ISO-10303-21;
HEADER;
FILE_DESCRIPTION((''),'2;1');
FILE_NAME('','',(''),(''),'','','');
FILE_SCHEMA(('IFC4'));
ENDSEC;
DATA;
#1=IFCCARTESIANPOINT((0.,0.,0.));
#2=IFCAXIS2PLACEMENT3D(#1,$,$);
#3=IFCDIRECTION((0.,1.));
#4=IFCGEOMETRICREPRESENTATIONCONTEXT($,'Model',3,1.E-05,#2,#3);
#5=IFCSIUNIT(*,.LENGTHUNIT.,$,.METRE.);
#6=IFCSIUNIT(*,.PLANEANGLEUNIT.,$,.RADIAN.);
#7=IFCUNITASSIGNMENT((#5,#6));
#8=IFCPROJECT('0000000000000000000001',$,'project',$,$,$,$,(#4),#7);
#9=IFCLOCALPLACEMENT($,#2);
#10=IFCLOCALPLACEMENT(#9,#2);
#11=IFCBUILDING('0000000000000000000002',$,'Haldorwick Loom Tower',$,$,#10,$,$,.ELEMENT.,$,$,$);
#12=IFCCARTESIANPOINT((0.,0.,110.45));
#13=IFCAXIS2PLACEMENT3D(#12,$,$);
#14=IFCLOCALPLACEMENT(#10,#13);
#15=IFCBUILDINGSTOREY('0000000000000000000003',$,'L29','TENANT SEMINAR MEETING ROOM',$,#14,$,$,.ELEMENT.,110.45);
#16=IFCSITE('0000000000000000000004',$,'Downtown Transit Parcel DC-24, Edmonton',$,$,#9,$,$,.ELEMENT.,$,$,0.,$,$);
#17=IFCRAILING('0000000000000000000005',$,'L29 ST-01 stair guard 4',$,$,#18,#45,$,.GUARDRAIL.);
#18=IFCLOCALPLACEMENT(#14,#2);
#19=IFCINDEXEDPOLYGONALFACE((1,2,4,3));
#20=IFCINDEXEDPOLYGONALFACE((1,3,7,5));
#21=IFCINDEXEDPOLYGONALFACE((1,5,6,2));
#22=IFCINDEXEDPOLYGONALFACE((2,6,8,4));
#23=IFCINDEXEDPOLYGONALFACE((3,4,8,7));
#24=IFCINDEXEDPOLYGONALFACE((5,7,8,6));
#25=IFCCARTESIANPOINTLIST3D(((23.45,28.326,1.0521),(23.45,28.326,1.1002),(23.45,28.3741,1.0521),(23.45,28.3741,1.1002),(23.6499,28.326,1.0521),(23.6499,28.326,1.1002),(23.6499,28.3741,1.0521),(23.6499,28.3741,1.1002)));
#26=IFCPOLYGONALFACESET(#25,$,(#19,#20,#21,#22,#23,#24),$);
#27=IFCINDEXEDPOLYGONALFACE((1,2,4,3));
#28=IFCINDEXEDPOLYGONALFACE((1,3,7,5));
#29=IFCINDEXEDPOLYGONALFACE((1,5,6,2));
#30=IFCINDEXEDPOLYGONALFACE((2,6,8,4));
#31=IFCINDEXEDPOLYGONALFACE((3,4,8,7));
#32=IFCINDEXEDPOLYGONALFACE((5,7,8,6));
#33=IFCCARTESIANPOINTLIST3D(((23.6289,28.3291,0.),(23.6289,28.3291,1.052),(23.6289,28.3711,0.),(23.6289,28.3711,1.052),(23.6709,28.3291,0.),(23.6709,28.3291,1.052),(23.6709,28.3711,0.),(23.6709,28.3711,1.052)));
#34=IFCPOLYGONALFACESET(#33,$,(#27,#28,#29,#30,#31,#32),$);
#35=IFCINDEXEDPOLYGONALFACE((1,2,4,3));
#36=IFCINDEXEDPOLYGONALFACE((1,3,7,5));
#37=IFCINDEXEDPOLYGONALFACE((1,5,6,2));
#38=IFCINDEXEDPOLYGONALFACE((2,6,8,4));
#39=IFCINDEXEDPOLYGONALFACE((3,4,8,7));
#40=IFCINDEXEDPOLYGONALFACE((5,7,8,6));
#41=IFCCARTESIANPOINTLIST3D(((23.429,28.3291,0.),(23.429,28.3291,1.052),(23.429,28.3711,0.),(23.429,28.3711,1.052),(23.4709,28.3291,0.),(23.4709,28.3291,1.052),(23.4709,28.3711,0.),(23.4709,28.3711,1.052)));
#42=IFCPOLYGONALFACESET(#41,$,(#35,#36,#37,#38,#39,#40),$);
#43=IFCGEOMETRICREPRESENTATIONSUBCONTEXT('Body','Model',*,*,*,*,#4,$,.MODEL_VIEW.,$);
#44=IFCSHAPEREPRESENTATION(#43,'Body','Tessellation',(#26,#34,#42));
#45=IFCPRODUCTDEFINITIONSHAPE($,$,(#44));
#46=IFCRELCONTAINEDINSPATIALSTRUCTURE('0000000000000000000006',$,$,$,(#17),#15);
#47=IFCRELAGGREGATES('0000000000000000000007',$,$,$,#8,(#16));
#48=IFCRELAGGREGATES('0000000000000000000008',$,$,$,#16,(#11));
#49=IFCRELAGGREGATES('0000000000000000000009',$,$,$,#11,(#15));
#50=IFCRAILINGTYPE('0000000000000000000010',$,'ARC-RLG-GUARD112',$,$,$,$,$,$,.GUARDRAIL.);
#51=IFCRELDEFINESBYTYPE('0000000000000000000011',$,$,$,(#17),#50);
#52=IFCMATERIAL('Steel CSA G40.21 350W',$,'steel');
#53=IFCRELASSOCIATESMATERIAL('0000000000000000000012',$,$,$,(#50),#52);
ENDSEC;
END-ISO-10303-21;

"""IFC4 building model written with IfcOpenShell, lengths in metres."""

from ifc_helpers import new_model, si_unit, direction, frame, origin, origin_2d, place, context, subcontext, project, spatial, rectangle, extrude, material, type_object, element, save


model = new_model("IFC4")

# Units and contexts
model_context = context("Model", 3, precision=1e-05, world=origin(), true_north=direction((0.0, 1.0)))
body_context = subcontext(model_context, "Body", "Model", "MODEL_VIEW")
ifc_project = project(units=[si_unit("LENGTHUNIT", "METRE"), si_unit("PLANEANGLEUNIT", "RADIAN")], contexts=[model_context])

# Site, building, storey
site_placement = place(None, origin())
site = spatial("IfcSite", under=ifc_project, at=site_placement, Name="Downtown Transit Parcel DC-24, Edmonton", CompositionType="ELEMENT", RefElevation=0.0)
building_placement = place(site_placement, origin())
building = spatial("IfcBuilding", under=site, at=building_placement, Name="Haldorwick Loom Tower", CompositionType="ELEMENT")
storey_placement = place(building_placement, frame((0.0, 0.0, 110.45)))
storey = spatial("IfcBuildingStorey", under=building, at=storey_placement, Name="L29", Description="TENANT SEMINAR MEETING ROOM", CompositionType="ELEMENT", Elevation=110.45)

# Shared definitions
ifc_material_1 = material(Name="Steel CSA G40.21 350W", Category="steel")

# Railing
railing_type = type_object("IfcRailingType", Name="ARC-RLG-GUARD112", PredefinedType="GUARDRAIL", material=ifc_material_1)
railing_placement = place(storey_placement, frame((23.6499, 28.3501, 0.0)))
element("IfcRailing", 1, at=railing_placement, inside=storey, type_object=railing_type, Name="L29 ST-01 stair guard 4", PredefinedType="GUARDRAIL", context=body_context, shape_type="SweptSolid", body=[
    extrude(rectangle(XDim=0.0481, YDim=0.0481, at=origin_2d()), frame((0.0, 0.0, 1.0762), z_axis=(-1.0, 0.0, 0.0), x_axis=(0.0, -1.0, 0.0)), (0.0, 0.0, 1.0), 0.2),
    extrude(rectangle(XDim=0.042, YDim=0.042, at=origin_2d()), origin(), (0.0, 0.0, 1.0), 1.052),
    extrude(rectangle(XDim=0.042, YDim=0.042, at=origin_2d()), frame((-0.2, 0.0, 0.0)), (0.0, 0.0, 1.0), 1.052),
])

save(model, "model.ifc")
